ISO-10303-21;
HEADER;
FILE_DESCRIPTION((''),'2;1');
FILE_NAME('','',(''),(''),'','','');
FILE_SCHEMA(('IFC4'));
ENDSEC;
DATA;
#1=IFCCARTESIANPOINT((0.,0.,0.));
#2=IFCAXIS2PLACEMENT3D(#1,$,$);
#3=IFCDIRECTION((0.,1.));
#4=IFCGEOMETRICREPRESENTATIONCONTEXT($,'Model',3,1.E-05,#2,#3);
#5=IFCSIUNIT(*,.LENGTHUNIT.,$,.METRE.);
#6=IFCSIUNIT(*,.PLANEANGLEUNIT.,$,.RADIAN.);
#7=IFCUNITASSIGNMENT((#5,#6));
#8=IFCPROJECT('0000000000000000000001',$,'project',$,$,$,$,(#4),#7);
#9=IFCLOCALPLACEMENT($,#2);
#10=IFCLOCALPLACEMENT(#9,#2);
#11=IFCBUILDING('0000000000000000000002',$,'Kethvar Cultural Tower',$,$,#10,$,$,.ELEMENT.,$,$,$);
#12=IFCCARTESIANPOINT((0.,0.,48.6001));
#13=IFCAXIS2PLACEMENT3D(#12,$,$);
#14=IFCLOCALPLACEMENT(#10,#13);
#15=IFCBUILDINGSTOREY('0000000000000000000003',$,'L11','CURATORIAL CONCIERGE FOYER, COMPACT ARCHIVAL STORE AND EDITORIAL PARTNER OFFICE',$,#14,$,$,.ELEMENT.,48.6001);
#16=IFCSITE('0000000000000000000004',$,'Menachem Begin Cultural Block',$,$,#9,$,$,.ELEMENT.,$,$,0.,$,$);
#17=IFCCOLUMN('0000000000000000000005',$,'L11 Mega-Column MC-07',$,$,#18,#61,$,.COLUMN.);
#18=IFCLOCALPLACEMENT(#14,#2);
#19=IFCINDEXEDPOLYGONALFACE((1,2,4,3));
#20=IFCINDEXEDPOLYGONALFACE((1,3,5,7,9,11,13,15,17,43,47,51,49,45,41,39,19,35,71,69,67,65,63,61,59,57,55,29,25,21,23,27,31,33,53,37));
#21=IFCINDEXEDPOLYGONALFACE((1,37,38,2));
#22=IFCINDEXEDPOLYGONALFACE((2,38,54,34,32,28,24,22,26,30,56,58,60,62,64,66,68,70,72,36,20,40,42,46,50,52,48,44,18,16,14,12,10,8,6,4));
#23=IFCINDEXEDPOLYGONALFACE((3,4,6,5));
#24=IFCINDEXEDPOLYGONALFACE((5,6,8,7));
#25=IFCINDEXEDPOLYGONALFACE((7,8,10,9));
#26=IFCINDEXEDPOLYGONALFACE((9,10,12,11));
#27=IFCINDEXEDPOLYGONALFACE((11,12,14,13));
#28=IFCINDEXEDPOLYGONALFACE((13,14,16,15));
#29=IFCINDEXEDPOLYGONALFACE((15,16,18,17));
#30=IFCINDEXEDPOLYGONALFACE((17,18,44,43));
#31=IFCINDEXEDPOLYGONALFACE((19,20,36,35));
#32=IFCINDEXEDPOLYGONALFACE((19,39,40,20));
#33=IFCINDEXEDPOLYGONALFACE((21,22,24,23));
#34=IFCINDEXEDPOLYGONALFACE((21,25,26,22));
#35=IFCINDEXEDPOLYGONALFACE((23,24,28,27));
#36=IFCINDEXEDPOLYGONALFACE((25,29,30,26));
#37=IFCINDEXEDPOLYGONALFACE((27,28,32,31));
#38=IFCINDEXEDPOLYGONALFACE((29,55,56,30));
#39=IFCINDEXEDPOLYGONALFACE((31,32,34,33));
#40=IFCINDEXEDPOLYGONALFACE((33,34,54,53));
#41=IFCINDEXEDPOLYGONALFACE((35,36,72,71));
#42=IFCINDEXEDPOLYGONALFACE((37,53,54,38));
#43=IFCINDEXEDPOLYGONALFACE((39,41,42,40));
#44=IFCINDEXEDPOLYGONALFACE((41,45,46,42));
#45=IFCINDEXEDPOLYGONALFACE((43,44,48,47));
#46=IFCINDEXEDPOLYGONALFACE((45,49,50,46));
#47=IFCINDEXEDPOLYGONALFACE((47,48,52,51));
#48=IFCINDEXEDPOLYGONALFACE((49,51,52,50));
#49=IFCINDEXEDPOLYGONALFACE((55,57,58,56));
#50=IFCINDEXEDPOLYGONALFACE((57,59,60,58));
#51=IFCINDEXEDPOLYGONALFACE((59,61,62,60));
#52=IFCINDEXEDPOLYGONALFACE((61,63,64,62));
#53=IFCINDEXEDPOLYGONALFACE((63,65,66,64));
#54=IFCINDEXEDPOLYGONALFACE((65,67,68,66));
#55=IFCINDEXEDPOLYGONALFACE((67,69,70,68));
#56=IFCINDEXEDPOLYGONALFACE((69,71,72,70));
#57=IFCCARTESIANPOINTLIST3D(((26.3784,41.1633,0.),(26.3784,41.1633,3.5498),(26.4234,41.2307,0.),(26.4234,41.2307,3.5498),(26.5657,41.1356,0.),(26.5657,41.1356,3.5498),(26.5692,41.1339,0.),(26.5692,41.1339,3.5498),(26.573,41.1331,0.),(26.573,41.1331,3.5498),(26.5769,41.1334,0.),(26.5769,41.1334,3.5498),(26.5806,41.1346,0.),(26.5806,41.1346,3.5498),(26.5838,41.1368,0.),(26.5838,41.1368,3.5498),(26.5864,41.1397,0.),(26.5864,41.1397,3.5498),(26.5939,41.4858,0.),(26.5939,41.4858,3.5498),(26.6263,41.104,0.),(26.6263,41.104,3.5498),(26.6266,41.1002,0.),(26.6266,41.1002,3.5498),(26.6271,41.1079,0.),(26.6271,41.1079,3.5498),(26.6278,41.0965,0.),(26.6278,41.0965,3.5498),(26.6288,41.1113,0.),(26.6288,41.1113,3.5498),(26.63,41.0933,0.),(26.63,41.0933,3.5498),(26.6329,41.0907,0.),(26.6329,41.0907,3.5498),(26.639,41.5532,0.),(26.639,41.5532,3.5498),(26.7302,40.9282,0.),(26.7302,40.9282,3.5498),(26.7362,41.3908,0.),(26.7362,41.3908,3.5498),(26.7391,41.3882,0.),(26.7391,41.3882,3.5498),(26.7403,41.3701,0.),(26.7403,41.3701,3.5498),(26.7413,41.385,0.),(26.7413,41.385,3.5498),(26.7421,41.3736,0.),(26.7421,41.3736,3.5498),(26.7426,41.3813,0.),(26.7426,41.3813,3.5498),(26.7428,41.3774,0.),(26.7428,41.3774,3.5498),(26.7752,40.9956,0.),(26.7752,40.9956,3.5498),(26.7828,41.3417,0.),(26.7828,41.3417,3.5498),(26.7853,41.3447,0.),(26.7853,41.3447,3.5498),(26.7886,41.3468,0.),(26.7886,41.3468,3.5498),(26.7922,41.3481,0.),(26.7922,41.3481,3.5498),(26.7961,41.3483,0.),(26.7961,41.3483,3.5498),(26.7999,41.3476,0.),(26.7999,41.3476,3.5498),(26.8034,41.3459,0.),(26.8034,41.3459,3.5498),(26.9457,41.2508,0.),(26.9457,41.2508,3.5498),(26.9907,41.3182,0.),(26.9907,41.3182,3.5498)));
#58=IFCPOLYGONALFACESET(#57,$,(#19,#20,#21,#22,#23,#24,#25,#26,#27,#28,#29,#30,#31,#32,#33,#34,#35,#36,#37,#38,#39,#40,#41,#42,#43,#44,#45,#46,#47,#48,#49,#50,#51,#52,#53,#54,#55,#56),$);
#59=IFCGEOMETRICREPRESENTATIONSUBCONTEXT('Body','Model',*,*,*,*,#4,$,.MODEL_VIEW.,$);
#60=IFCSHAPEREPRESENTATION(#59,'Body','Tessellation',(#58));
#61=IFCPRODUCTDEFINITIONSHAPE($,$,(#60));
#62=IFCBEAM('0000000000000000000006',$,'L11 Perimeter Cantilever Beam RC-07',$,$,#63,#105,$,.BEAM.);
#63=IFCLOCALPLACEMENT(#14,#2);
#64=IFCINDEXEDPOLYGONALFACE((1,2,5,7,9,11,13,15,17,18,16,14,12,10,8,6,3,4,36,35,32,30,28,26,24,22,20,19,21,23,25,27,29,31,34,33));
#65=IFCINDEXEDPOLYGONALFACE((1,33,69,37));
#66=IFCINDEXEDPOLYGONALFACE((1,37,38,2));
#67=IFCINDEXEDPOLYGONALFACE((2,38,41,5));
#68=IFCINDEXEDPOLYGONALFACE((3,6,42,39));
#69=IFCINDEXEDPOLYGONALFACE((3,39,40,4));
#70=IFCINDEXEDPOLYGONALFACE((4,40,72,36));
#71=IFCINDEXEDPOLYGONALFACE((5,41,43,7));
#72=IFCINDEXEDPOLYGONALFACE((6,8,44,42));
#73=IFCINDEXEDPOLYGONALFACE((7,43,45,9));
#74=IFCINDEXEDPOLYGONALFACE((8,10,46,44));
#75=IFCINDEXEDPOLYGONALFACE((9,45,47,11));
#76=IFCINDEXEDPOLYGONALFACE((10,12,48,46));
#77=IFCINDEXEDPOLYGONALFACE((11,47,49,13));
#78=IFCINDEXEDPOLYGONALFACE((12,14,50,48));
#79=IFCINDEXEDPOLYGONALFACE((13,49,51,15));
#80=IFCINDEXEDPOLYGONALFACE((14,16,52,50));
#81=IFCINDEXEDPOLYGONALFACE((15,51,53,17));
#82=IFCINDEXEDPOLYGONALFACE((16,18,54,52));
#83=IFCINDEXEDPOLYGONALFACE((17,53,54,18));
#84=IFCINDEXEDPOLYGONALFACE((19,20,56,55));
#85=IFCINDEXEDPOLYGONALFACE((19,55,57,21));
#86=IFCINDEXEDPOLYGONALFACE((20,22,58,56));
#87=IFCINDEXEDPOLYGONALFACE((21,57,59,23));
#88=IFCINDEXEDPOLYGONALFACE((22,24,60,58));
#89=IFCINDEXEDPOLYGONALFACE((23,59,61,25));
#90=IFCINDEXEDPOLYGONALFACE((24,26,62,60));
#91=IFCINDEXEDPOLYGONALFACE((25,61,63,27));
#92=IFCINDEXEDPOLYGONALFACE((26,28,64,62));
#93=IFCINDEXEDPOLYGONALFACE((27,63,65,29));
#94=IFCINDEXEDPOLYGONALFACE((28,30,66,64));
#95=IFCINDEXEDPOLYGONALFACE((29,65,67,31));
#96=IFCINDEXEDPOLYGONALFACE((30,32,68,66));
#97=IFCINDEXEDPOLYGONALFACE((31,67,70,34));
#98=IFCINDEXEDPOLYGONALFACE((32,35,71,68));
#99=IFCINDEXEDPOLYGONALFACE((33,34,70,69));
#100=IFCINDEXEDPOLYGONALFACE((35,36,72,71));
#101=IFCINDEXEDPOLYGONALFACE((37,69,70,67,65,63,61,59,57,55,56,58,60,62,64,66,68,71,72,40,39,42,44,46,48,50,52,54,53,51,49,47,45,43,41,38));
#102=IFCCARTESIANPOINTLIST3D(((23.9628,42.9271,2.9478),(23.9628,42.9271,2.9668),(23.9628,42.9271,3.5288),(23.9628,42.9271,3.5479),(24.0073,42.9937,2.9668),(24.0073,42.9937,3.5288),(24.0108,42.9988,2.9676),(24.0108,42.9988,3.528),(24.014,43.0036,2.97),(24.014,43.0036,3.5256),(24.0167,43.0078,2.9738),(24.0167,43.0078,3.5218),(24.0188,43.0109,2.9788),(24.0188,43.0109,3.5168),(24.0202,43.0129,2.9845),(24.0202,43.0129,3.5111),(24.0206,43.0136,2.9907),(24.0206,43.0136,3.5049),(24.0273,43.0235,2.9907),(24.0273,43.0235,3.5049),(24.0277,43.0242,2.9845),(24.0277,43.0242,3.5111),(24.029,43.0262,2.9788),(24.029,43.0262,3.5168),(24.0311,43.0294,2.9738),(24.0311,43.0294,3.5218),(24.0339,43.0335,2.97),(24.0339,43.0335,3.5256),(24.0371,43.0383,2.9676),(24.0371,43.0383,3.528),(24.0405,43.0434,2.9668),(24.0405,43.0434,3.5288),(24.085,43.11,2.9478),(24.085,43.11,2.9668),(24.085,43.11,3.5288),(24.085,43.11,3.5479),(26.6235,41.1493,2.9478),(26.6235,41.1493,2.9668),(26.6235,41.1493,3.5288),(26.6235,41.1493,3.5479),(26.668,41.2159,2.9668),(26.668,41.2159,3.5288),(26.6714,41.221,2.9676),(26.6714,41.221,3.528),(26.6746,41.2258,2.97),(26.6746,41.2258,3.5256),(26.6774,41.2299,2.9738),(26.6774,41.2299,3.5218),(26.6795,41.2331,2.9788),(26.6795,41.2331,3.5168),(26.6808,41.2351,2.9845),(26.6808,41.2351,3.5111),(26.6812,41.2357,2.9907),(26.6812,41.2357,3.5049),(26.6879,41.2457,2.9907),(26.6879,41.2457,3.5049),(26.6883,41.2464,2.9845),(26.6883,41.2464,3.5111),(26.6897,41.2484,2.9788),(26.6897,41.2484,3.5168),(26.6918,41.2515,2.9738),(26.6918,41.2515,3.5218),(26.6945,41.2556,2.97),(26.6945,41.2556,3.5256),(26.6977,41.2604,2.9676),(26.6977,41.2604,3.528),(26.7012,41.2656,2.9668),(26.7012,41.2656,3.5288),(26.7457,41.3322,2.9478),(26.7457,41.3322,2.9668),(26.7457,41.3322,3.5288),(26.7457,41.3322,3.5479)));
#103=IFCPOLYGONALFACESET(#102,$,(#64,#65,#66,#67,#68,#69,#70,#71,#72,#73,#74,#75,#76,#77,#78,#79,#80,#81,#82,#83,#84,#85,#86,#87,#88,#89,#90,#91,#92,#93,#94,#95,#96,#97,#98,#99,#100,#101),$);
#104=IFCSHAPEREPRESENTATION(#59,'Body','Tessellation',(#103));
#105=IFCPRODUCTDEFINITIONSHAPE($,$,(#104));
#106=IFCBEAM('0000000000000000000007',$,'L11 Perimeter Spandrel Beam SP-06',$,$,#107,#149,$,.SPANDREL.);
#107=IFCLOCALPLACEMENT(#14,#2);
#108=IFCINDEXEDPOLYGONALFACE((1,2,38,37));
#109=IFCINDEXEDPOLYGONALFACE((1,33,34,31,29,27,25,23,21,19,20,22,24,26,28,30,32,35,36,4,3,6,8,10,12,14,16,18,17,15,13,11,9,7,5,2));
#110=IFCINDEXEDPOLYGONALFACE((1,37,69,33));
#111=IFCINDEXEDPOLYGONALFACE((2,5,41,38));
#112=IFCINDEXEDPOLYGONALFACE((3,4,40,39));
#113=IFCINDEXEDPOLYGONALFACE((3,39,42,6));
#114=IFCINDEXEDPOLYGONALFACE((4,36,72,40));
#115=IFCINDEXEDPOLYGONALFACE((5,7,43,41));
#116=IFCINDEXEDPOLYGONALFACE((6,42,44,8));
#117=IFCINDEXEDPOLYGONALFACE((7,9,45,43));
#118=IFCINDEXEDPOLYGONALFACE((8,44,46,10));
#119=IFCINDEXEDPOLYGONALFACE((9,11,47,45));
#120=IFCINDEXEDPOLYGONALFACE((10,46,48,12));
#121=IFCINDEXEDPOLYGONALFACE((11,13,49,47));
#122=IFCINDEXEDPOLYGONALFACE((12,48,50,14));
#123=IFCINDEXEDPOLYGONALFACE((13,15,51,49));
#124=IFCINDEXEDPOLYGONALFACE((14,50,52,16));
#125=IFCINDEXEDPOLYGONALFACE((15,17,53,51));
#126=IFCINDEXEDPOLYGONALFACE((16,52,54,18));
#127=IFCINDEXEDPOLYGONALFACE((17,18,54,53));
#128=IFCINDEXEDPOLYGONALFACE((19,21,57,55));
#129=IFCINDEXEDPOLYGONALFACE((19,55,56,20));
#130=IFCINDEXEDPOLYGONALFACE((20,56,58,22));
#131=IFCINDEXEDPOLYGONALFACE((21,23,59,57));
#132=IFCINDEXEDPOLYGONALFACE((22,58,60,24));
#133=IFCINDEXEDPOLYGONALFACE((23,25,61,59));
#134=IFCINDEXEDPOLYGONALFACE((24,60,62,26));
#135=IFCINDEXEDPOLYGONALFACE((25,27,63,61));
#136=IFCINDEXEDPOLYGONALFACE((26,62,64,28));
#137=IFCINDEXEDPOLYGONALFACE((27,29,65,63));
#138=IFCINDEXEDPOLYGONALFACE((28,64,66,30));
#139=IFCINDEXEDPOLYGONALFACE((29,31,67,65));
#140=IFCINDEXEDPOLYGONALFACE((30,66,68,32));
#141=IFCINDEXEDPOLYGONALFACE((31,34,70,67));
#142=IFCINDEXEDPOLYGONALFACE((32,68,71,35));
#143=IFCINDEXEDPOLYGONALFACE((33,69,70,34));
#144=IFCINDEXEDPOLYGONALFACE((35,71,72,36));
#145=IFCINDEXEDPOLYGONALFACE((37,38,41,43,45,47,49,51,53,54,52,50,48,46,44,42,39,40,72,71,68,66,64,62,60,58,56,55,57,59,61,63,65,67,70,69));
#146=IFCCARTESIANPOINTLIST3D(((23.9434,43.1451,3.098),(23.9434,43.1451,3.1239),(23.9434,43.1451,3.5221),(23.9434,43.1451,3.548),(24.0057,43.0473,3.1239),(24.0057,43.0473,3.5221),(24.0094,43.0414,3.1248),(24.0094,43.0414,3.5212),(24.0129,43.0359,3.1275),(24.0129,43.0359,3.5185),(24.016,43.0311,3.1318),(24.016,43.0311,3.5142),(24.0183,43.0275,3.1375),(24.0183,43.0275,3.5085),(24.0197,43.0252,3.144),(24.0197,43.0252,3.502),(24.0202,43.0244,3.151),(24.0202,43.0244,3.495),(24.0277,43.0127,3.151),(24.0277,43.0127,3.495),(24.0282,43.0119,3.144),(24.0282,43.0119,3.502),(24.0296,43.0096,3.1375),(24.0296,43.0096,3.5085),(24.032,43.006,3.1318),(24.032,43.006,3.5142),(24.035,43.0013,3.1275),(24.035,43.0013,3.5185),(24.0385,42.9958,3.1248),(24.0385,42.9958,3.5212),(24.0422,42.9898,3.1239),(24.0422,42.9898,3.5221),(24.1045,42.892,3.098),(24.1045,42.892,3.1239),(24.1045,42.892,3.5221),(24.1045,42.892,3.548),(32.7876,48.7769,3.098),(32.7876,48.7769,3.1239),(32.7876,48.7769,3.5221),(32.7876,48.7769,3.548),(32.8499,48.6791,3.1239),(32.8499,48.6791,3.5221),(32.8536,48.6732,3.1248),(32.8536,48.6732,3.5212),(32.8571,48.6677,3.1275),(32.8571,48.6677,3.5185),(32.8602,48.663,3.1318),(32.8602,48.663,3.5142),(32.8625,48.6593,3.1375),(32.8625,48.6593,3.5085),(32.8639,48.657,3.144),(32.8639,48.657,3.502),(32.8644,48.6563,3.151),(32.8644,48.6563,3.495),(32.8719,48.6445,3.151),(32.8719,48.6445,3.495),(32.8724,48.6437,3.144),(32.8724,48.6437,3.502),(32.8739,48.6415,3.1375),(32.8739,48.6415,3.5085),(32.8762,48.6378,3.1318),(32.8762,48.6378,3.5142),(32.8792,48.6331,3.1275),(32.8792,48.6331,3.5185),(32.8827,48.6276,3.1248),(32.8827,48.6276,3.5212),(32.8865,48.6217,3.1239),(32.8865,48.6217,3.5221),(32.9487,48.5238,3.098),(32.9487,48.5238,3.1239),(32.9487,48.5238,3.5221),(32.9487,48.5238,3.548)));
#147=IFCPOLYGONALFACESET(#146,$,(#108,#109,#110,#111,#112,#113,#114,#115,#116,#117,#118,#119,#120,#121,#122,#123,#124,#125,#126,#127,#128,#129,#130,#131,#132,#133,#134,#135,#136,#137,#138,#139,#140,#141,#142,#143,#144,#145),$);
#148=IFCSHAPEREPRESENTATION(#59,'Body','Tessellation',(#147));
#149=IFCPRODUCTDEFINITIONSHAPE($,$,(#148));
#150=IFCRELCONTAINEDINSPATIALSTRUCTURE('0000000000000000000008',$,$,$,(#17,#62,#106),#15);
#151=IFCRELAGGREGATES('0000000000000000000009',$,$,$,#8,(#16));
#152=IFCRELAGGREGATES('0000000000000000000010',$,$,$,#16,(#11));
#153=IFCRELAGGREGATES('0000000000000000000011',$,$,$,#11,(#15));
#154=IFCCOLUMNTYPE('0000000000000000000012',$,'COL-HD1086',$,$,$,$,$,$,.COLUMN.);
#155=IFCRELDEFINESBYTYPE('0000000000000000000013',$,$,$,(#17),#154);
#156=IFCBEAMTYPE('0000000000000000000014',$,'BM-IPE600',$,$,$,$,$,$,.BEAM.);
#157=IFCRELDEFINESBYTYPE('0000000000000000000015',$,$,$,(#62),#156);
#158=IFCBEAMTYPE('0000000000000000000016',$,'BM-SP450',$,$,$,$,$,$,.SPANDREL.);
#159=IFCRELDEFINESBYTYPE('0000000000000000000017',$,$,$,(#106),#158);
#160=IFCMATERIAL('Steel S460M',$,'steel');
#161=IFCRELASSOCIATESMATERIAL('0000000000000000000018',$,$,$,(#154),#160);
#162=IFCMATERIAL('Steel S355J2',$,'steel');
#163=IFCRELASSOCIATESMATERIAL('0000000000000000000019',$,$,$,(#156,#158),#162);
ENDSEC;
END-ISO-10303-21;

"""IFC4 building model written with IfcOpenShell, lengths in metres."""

from ifc_helpers import new_model, si_unit, direction, frame, origin, origin_2d, place, context, subcontext, project, spatial, i_section, extrude, source, transform, mapped, material, material_profile, profile_set, type_object, element, save


model = new_model("IFC4")

# Units and contexts
model_context = context("Model", 3, precision=1e-05, world=origin(), true_north=direction((0.0, 1.0)))
body_context = subcontext(model_context, "Body", "Model", "MODEL_VIEW")
ifc_project = project(units=[si_unit("LENGTHUNIT", "METRE"), si_unit("PLANEANGLEUNIT", "RADIAN")], contexts=[model_context])

# Site, building, storey
site_placement = place(None, origin())
site = spatial("IfcSite", under=ifc_project, at=site_placement, Name="Menachem Begin Cultural Block", CompositionType="ELEMENT", RefElevation=0.0)
building_placement = place(site_placement, origin())
building = spatial("IfcBuilding", under=site, at=building_placement, Name="Kethvar Cultural Tower", CompositionType="ELEMENT")
storey_placement = place(building_placement, frame((0.0, 0.0, 48.6001)))
storey = spatial("IfcBuildingStorey", under=building, at=storey_placement, Name="L11", Description="CURATORIAL CONCIERGE FOYER, COMPACT ARCHIVAL STORE AND EDITORIAL PARTNER OFFICE", CompositionType="ELEMENT", Elevation=48.6001)

# Column
ifc_material_1 = material(Name="Steel S460M", Category="steel")
ifc_material_profile_1 = material_profile(ifc_material_1, i_section(OverallWidth=0.4231, OverallDepth=0.469, WebThickness=0.051, FlangeThickness=0.0811, FilletRadius=0.0149, at=origin_2d()), Name="Steel S460M — HD400x1086")
ifc_profile_set_1 = profile_set([ifc_material_profile_1], Name="Steel S460M — HD400x1086")
column_type = type_object("IfcColumnType", Name="COL-HD1086", PredefinedType="COLUMN", material=ifc_profile_set_1)
shared_shape_1 = source(origin(), body_context, "Body", "SweptSolid", [
    extrude(i_section(OverallWidth=0.4231, OverallDepth=0.469, WebThickness=0.051, FlangeThickness=0.0811, FilletRadius=0.0149, at=origin_2d()), origin(), (0.0, 0.0, 1.0), 3.5498),
])
column_placement = place(storey_placement, frame((26.6846, 41.2407, 0.0), z_axis=(0.0, 0.0, 1.0), x_axis=(-0.83147, 0.55557, 0.0)))
element("IfcColumn", 1, at=column_placement, inside=storey, type_object=column_type, Name="L11 Mega-Column MC-07", PredefinedType="COLUMN", context=body_context, shape_type="MappedRepresentation", body=[
    mapped(shared_shape_1, transform((0.0, 0.0, 0.0), scale=1.0)),
])

# Beams
ifc_material_2 = material(Name="Steel S355J2", Category="steel")
ifc_material_profile_2 = material_profile(ifc_material_2, i_section(OverallWidth=0.22, OverallDepth=0.6001, WebThickness=0.012, FlangeThickness=0.019, FilletRadius=0.0239, at=origin_2d()), Name="Steel S355J2 — IPE600")
ifc_profile_set_2 = profile_set([ifc_material_profile_2], Name="Steel S355J2 — IPE600")
beam_type_1 = type_object("IfcBeamType", Name="BM-IPE600", PredefinedType="BEAM", material=ifc_profile_set_2)
shared_shape_2 = source(origin(), body_context, "Body", "SweptSolid", [
    extrude(i_section(OverallWidth=0.22, OverallDepth=0.6001, WebThickness=0.012, FlangeThickness=0.019, FilletRadius=0.0239, at=origin_2d()), origin(), (0.0, 0.0, 1.0), 3.2),
])
beam_1_placement = place(storey_placement, frame((26.6846, 41.2407, 3.2478), z_axis=(-0.831463, 0.55558, 0.0), x_axis=(-0.55558, -0.831463, 0.0)))
element("IfcBeam", 2, at=beam_1_placement, inside=storey, type_object=beam_type_1, Name="L11 Perimeter Cantilever Beam RC-07", PredefinedType="BEAM", context=body_context, shape_type="MappedRepresentation", body=[
    mapped(shared_shape_2, transform((0.0, 0.0, 0.0), scale=1.0)),
])
ifc_material_profile_3 = material_profile(ifc_material_2, i_section(OverallWidth=0.3, OverallDepth=0.45, WebThickness=0.0139, FlangeThickness=0.0259, FilletRadius=0.0271, at=origin_2d()), Name="Steel S355J2 — HEB450")
ifc_profile_set_3 = profile_set([ifc_material_profile_3], Name="Steel S355J2 — HEB450")
beam_type_2 = type_object("IfcBeamType", Name="BM-SP450", PredefinedType="SPANDREL", material=ifc_profile_set_3)
shared_shape_3 = source(origin(), body_context, "Body", "SweptSolid", [
    extrude(i_section(OverallWidth=0.3, OverallDepth=0.45, WebThickness=0.0139, FlangeThickness=0.0259, FilletRadius=0.0271, at=origin_2d()), origin(), (0.0, 0.0, 1.0), 10.4851),
])
beam_2_placement = place(storey_placement, frame((32.8682, 48.6504, 3.323), z_axis=(-0.843502, -0.537126, 0.0), x_axis=(0.537126, -0.843502, 0.0)))
element("IfcBeam", 3, at=beam_2_placement, inside=storey, type_object=beam_type_2, Name="L11 Perimeter Spandrel Beam SP-06", PredefinedType="SPANDREL", context=body_context, shape_type="MappedRepresentation", body=[
    mapped(shared_shape_3, transform((0.0, 0.0, 0.0), scale=1.0)),
])

save(model, "model.ifc")
